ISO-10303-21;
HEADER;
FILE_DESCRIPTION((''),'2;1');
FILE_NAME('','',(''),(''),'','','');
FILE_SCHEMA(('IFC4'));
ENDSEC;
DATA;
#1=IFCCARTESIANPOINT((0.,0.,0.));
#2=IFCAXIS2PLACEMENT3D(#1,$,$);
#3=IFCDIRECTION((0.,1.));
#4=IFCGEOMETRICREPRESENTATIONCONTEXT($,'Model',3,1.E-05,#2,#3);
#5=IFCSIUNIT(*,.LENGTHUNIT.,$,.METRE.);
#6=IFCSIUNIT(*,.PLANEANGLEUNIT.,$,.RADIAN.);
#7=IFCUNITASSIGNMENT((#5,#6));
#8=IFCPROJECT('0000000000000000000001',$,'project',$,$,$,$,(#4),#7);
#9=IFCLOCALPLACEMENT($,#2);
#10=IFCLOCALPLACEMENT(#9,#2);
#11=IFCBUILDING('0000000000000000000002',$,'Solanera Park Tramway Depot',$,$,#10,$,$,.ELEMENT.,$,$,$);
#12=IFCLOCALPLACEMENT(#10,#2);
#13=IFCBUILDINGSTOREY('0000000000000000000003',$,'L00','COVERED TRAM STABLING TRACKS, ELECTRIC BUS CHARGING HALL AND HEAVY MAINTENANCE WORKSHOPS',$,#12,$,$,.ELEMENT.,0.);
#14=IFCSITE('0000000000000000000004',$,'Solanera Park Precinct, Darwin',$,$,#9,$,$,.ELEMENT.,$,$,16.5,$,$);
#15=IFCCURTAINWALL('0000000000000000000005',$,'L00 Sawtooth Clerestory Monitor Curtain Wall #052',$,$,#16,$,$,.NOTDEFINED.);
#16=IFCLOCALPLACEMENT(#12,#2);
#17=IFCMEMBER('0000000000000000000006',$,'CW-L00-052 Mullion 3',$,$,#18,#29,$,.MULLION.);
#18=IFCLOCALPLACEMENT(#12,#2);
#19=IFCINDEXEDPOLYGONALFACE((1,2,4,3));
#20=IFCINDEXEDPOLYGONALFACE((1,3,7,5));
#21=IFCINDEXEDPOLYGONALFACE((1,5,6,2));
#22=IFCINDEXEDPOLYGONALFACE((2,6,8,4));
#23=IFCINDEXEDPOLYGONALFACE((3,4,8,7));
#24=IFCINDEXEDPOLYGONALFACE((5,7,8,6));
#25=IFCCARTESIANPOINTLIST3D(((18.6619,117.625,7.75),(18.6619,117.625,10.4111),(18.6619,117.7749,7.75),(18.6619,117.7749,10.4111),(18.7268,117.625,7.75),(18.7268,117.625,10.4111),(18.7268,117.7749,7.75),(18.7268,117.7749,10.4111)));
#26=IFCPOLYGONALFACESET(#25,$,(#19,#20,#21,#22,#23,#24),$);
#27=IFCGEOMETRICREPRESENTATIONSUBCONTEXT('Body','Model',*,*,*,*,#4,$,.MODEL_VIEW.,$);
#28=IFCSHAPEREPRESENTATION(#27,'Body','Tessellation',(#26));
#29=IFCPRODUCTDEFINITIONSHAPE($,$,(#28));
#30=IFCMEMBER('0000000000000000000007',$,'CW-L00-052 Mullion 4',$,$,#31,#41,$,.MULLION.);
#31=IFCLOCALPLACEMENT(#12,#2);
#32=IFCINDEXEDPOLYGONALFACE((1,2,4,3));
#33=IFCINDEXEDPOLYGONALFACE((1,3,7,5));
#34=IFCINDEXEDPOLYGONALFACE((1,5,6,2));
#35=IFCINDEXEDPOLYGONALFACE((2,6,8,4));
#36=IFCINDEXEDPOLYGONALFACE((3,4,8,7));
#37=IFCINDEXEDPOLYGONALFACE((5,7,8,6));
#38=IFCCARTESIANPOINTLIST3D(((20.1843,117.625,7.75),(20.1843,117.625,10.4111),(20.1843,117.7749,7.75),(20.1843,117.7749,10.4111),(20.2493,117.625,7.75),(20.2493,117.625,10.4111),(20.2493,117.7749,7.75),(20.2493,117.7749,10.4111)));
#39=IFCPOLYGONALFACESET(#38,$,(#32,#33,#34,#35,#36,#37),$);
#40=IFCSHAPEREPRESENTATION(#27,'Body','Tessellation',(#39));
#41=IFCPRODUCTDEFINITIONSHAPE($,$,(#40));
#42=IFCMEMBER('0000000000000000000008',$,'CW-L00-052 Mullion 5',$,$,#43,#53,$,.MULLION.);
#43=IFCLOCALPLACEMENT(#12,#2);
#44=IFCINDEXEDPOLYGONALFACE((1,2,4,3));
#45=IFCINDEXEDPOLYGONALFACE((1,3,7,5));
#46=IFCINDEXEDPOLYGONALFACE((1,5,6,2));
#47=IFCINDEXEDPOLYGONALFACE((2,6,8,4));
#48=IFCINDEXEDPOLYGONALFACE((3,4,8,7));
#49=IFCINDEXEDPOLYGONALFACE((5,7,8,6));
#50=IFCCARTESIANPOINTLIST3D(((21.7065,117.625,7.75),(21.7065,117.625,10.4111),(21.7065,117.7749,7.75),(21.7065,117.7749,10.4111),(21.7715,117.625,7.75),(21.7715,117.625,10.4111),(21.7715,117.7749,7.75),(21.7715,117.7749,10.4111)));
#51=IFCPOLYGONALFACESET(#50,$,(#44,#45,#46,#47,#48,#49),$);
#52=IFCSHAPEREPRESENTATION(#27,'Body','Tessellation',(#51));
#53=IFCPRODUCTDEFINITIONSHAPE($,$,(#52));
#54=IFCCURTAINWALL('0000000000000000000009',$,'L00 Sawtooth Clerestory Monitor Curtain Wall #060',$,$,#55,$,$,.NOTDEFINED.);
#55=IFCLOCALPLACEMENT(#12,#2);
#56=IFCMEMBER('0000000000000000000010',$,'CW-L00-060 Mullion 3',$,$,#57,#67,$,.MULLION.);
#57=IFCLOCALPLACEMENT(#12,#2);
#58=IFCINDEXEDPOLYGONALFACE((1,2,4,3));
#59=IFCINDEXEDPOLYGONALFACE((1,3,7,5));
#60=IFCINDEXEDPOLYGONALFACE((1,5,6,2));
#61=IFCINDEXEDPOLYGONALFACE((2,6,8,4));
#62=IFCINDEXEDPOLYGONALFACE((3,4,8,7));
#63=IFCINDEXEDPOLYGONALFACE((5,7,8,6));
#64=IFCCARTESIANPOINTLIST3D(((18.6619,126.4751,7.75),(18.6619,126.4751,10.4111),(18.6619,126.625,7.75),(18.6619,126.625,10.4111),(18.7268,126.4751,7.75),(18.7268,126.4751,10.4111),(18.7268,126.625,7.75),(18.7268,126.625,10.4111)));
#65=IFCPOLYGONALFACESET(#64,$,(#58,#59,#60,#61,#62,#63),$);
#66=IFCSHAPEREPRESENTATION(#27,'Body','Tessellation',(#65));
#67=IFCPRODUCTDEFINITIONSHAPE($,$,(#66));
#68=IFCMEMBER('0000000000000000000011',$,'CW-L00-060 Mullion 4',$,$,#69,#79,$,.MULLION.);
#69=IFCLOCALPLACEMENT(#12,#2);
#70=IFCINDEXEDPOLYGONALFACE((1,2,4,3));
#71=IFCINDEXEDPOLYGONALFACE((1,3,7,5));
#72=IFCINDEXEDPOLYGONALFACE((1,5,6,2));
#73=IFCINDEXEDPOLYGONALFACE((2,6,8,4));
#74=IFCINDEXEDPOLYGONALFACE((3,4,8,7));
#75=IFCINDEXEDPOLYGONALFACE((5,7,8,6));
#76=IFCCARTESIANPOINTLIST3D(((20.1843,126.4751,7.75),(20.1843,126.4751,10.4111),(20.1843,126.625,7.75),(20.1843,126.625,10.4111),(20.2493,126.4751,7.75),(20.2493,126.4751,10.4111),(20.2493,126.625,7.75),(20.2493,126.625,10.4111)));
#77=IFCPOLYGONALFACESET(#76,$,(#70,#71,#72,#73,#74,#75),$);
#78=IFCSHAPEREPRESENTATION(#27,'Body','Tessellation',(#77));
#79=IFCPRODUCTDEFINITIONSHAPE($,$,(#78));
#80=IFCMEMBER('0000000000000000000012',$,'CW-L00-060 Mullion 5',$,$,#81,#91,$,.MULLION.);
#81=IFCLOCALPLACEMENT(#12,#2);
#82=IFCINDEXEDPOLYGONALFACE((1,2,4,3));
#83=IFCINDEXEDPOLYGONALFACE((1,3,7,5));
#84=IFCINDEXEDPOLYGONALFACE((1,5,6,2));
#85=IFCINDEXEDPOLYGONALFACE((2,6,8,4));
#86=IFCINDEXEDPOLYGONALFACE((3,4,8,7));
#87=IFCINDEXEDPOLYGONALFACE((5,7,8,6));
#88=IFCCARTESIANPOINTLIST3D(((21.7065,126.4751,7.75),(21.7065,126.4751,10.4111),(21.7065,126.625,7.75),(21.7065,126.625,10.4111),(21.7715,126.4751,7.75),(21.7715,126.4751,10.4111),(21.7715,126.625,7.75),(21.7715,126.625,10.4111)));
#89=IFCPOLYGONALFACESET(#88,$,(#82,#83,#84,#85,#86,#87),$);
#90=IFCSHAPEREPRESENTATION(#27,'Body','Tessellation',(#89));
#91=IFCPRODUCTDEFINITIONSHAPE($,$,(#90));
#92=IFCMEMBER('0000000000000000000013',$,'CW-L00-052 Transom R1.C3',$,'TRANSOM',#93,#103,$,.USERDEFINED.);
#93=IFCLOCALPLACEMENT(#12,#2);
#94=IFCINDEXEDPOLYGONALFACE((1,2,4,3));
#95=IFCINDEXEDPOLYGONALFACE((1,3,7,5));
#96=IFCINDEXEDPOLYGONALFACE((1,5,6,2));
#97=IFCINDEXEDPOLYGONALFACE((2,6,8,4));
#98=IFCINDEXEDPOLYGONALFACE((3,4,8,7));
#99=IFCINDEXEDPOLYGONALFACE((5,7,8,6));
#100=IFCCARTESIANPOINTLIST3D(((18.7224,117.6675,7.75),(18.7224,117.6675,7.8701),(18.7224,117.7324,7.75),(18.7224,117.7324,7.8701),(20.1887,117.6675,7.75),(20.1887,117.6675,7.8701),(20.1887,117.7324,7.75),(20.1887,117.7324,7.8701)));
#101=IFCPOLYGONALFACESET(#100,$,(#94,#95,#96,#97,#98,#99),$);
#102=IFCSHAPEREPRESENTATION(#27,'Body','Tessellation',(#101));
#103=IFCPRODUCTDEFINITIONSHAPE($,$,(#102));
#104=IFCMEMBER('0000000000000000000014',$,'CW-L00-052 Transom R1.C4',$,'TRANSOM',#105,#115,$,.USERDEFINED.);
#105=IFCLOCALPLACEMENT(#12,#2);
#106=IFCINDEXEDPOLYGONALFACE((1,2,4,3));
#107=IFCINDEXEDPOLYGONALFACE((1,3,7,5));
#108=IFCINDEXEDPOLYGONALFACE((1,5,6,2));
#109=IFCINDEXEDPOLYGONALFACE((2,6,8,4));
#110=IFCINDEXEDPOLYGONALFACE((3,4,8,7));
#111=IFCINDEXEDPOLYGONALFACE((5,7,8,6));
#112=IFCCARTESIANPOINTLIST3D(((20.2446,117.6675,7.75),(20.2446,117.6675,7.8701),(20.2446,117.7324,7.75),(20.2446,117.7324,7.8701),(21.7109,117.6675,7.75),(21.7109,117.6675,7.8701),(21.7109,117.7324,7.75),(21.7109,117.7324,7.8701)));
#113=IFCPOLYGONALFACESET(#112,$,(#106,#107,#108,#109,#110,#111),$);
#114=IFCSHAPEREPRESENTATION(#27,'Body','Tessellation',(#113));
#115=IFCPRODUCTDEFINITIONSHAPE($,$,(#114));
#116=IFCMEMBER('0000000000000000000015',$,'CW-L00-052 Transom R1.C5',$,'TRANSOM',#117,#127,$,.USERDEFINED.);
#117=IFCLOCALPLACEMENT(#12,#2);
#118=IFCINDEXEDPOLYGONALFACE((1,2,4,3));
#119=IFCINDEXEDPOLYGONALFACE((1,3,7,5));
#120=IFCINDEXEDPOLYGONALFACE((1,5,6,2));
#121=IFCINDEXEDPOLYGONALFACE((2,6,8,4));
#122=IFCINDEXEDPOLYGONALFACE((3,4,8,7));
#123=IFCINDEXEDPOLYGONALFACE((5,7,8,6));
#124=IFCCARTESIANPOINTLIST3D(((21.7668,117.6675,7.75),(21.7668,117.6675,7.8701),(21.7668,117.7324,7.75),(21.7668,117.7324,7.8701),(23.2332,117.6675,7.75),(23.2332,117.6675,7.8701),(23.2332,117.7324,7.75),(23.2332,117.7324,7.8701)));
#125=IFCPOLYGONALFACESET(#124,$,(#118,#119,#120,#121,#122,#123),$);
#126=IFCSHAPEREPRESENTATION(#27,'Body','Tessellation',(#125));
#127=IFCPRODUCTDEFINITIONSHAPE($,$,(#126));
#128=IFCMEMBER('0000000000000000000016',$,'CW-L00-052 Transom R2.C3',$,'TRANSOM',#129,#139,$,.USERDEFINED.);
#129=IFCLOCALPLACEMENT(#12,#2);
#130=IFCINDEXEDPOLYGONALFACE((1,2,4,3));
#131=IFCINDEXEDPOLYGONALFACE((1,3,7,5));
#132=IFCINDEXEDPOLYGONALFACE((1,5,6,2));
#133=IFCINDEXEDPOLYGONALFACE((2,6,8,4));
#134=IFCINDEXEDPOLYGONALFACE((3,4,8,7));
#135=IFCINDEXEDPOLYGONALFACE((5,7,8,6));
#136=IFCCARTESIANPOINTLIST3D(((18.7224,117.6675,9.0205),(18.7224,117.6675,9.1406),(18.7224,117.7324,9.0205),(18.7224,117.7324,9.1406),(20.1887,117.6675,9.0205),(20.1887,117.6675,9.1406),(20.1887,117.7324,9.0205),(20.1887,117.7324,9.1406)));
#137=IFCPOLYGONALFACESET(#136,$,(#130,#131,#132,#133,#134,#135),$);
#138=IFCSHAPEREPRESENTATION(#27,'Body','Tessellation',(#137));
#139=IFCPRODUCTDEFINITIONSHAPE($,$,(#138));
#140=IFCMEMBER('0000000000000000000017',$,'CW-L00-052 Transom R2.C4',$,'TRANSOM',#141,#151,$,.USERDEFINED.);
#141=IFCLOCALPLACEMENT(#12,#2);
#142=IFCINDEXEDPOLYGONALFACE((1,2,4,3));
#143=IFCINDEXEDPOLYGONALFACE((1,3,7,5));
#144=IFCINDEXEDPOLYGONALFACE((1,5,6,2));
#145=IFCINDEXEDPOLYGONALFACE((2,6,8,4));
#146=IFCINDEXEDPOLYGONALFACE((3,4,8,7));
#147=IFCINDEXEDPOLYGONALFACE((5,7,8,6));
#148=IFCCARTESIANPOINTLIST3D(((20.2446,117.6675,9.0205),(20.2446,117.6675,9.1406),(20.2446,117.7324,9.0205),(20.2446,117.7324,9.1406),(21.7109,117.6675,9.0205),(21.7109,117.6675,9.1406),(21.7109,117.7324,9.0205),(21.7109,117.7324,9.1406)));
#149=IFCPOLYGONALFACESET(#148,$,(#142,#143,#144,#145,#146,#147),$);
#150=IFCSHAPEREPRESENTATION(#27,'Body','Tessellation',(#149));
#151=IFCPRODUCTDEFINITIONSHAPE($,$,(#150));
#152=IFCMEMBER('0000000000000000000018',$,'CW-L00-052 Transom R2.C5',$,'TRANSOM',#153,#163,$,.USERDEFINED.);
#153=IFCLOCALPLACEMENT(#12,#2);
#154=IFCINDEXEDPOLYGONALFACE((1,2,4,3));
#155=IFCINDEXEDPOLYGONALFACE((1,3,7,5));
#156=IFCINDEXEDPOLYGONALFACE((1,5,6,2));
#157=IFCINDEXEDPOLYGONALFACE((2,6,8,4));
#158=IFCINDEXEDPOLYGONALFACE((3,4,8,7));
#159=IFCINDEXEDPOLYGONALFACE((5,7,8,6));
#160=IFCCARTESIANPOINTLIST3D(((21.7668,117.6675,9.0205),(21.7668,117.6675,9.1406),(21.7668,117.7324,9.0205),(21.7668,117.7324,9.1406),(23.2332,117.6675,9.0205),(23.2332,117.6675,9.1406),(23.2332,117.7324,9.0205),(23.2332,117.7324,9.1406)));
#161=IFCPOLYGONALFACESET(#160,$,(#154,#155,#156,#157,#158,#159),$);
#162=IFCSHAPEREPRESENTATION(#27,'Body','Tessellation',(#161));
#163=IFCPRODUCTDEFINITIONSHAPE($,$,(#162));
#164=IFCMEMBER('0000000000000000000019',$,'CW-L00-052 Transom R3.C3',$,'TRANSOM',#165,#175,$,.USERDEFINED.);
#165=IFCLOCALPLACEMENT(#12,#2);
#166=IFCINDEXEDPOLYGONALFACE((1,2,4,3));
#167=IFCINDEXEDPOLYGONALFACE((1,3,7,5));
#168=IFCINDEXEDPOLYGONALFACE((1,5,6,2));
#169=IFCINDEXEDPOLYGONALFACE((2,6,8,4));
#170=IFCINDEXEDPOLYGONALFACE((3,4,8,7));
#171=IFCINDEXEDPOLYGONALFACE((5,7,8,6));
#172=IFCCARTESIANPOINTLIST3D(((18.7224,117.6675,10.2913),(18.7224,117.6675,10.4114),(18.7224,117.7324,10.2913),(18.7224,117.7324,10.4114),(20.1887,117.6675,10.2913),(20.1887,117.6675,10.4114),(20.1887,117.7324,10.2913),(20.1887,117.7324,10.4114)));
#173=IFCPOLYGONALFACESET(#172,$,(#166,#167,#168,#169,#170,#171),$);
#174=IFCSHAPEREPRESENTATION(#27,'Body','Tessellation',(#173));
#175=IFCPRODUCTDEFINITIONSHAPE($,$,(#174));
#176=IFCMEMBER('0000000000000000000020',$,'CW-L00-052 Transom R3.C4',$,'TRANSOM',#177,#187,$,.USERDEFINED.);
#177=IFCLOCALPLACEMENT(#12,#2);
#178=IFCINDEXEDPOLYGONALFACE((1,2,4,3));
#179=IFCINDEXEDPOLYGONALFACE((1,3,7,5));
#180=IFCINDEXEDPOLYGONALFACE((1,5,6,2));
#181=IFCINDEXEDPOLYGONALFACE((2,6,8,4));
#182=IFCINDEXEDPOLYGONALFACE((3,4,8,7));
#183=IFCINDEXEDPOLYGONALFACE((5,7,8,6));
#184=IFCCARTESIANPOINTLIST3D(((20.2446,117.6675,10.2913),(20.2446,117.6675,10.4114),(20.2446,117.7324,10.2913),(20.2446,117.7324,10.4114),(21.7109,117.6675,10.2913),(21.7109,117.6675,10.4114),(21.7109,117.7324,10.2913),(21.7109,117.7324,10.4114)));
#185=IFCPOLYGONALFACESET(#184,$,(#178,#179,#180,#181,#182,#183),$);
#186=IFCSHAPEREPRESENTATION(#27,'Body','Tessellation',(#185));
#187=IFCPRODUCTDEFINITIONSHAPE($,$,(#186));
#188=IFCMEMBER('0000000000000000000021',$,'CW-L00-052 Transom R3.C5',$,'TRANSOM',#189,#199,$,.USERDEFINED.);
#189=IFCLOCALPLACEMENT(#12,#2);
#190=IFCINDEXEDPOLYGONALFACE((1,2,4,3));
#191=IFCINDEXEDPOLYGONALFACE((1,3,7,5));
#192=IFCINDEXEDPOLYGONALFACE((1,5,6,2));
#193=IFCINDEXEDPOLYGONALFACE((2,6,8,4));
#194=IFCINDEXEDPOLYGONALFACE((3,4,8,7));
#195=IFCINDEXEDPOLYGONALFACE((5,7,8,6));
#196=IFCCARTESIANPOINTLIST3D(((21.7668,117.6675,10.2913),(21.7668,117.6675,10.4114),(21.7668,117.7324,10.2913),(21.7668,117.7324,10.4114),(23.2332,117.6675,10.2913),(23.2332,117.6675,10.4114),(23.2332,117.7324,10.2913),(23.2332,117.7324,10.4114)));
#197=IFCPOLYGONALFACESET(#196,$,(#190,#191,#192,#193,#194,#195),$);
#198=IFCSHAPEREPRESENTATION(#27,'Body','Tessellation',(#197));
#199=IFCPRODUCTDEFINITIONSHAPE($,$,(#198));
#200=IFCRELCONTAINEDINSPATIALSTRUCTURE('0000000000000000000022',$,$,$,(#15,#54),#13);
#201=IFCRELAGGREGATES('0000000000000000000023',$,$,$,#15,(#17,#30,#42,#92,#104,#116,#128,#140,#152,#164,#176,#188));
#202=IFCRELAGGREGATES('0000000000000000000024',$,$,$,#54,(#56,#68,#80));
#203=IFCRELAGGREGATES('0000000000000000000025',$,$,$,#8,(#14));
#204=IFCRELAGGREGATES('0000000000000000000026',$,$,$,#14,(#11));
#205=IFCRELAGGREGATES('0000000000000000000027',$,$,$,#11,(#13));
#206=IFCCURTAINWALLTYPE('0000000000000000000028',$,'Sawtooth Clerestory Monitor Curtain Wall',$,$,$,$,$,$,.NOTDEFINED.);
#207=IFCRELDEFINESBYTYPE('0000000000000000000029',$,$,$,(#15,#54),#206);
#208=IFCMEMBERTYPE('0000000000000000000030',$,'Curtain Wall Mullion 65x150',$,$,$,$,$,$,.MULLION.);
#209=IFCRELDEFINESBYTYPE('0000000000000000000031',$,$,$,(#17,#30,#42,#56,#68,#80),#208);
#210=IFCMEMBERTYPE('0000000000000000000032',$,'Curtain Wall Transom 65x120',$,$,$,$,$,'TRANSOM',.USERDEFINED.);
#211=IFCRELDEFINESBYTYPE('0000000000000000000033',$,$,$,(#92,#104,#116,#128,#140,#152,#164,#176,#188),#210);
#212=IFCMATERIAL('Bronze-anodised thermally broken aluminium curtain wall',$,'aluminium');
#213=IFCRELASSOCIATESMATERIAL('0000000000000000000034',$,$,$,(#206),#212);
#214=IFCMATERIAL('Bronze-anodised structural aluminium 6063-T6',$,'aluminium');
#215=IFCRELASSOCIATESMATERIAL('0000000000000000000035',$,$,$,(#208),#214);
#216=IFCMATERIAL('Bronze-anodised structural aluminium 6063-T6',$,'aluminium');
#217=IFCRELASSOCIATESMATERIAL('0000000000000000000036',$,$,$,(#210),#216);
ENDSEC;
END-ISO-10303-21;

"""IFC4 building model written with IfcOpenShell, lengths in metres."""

from ifc_helpers import new_model, si_unit, direction, frame, origin, origin_2d, place, context, subcontext, project, spatial, rectangle, extrude, material, material_profile, profile_set, type_object, element, aggregate, save


model = new_model("IFC4")

# Units and contexts
model_context = context("Model", 3, precision=1e-05, world=origin(), true_north=direction((0.0, 1.0)))
body_context = subcontext(model_context, "Body", "Model", "MODEL_VIEW")
ifc_project = project(units=[si_unit("LENGTHUNIT", "METRE"), si_unit("PLANEANGLEUNIT", "RADIAN")], contexts=[model_context])

# Site, building, storey
site_placement = place(None, origin())
site = spatial("IfcSite", under=ifc_project, at=site_placement, Name="Solanera Park Precinct, Darwin", CompositionType="ELEMENT", RefElevation=16.5)
building_placement = place(site_placement, origin())
building = spatial("IfcBuilding", under=site, at=building_placement, Name="Solanera Park Tramway Depot", CompositionType="ELEMENT")
storey_placement = place(building_placement, origin())
storey = spatial("IfcBuildingStorey", under=building, at=storey_placement, Name="L00", Description="COVERED TRAM STABLING TRACKS, ELECTRIC BUS CHARGING HALL AND HEAVY MAINTENANCE WORKSHOPS", CompositionType="ELEMENT", Elevation=0.0)

# Curtain walls, members
ifc_material_1 = material(Name="Bronze-anodised thermally broken aluminium curtain wall", Category="aluminium")
curtain_wall_type = type_object("IfcCurtainWallType", Name="Sawtooth Clerestory Monitor Curtain Wall", PredefinedType="NOTDEFINED", material=ifc_material_1)
curtain_wall_1_placement = place(storey_placement, origin())
curtain_wall_1 = element("IfcCurtainWall", 1, at=curtain_wall_1_placement, inside=storey, type_object=curtain_wall_type, Name="L00 Sawtooth Clerestory Monitor Curtain Wall #052", PredefinedType="NOTDEFINED")
ifc_material_2 = material(Name="Bronze-anodised structural aluminium 6063-T6", Category="aluminium")
ifc_material_profile_1 = material_profile(ifc_material_2, rectangle(XDim=0.0649, YDim=0.1499, at=origin_2d()), Name="Curtain Wall Mullion 65x150")
ifc_profile_set_1 = profile_set([ifc_material_profile_1], Name="Bronze-anodised structural aluminium 6063-T6")
member_type_1 = type_object("IfcMemberType", Name="Curtain Wall Mullion 65x150", PredefinedType="MULLION", material=ifc_profile_set_1)
member_1_placement = place(storey_placement, frame((18.6943, 117.7, 7.75), z_axis=(0.0, 0.0, 1.0), x_axis=(1.0, 0.0, 0.0)))
member_1 = element("IfcMember", 2, at=member_1_placement, type_object=member_type_1, Name="CW-L00-052 Mullion 3", PredefinedType="MULLION", context=body_context, shape_type="SweptSolid", body=[
    extrude(rectangle(XDim=0.0649, YDim=0.1499, at=origin_2d()), origin(), (0.0, 0.0, 1.0), 2.6611),
])
member_2_placement = place(storey_placement, frame((20.2168, 117.7, 7.75), z_axis=(0.0, 0.0, 1.0), x_axis=(1.0, 0.0, 0.0)))
member_2 = element("IfcMember", 3, at=member_2_placement, type_object=member_type_1, Name="CW-L00-052 Mullion 4", PredefinedType="MULLION", context=body_context, shape_type="SweptSolid", body=[
    extrude(rectangle(XDim=0.0649, YDim=0.1499, at=origin_2d()), origin(), (0.0, 0.0, 1.0), 2.6611),
])
member_3_placement = place(storey_placement, frame((21.739, 117.7, 7.75), z_axis=(0.0, 0.0, 1.0), x_axis=(1.0, 0.0, 0.0)))
member_3 = element("IfcMember", 4, at=member_3_placement, type_object=member_type_1, Name="CW-L00-052 Mullion 5", PredefinedType="MULLION", context=body_context, shape_type="SweptSolid", body=[
    extrude(rectangle(XDim=0.0649, YDim=0.1499, at=origin_2d()), origin(), (0.0, 0.0, 1.0), 2.6611),
])
curtain_wall_2_placement = place(storey_placement, origin())
curtain_wall_2 = element("IfcCurtainWall", 5, at=curtain_wall_2_placement, inside=storey, type_object=curtain_wall_type, Name="L00 Sawtooth Clerestory Monitor Curtain Wall #060", PredefinedType="NOTDEFINED")
member_4_placement = place(storey_placement, frame((18.6943, 126.55, 7.75), z_axis=(0.0, 0.0, 1.0), x_axis=(1.0, 0.0, 0.0)))
member_4 = element("IfcMember", 6, at=member_4_placement, type_object=member_type_1, Name="CW-L00-060 Mullion 3", PredefinedType="MULLION", context=body_context, shape_type="SweptSolid", body=[
    extrude(rectangle(XDim=0.0649, YDim=0.1499, at=origin_2d()), origin(), (0.0, 0.0, 1.0), 2.6611),
])
member_5_placement = place(storey_placement, frame((20.2168, 126.55, 7.75), z_axis=(0.0, 0.0, 1.0), x_axis=(1.0, 0.0, 0.0)))
member_5 = element("IfcMember", 7, at=member_5_placement, type_object=member_type_1, Name="CW-L00-060 Mullion 4", PredefinedType="MULLION", context=body_context, shape_type="SweptSolid", body=[
    extrude(rectangle(XDim=0.0649, YDim=0.1499, at=origin_2d()), origin(), (0.0, 0.0, 1.0), 2.6611),
])
member_6_placement = place(storey_placement, frame((21.739, 126.55, 7.75), z_axis=(0.0, 0.0, 1.0), x_axis=(1.0, 0.0, 0.0)))
member_6 = element("IfcMember", 8, at=member_6_placement, type_object=member_type_1, Name="CW-L00-060 Mullion 5", PredefinedType="MULLION", context=body_context, shape_type="SweptSolid", body=[
    extrude(rectangle(XDim=0.0649, YDim=0.1499, at=origin_2d()), origin(), (0.0, 0.0, 1.0), 2.6611),
])

# Members
ifc_material_3 = material(Name="Bronze-anodised structural aluminium 6063-T6", Category="aluminium")
ifc_material_profile_2 = material_profile(ifc_material_3, rectangle(XDim=0.0649, YDim=0.1201, at=origin_2d()), Name="Curtain Wall Transom 65x120")
ifc_profile_set_2 = profile_set([ifc_material_profile_2], Name="Bronze-anodised structural aluminium 6063-T6")
member_type_2 = type_object("IfcMemberType", Name="Curtain Wall Transom 65x120", ElementType="TRANSOM", PredefinedType="USERDEFINED", material=ifc_profile_set_2)
member_7_placement = place(storey_placement, frame((18.7224, 117.7, 7.8101), z_axis=(1.0, 0.0, 0.0), x_axis=(0.0, 1.0, 0.0)))
member_7 = element("IfcMember", 9, at=member_7_placement, type_object=member_type_2, Name="CW-L00-052 Transom R1.C3", ObjectType="TRANSOM", PredefinedType="USERDEFINED", context=body_context, shape_type="SweptSolid", body=[
    extrude(rectangle(XDim=0.0649, YDim=0.1201, at=origin_2d()), origin(), (0.0, 0.0, 1.0), 1.4663),
])
member_8_placement = place(storey_placement, frame((20.2446, 117.7, 7.8101), z_axis=(1.0, 0.0, 0.0), x_axis=(0.0, 1.0, 0.0)))
member_8 = element("IfcMember", 10, at=member_8_placement, type_object=member_type_2, Name="CW-L00-052 Transom R1.C4", ObjectType="TRANSOM", PredefinedType="USERDEFINED", context=body_context, shape_type="SweptSolid", body=[
    extrude(rectangle(XDim=0.0649, YDim=0.1201, at=origin_2d()), origin(), (0.0, 0.0, 1.0), 1.4663),
])
member_9_placement = place(storey_placement, frame((21.7668, 117.7, 7.8101), z_axis=(1.0, 0.0, 0.0), x_axis=(0.0, 1.0, 0.0)))
member_9 = element("IfcMember", 11, at=member_9_placement, type_object=member_type_2, Name="CW-L00-052 Transom R1.C5", ObjectType="TRANSOM", PredefinedType="USERDEFINED", context=body_context, shape_type="SweptSolid", body=[
    extrude(rectangle(XDim=0.0649, YDim=0.1201, at=origin_2d()), origin(), (0.0, 0.0, 1.0), 1.4663),
])
member_10_placement = place(storey_placement, frame((18.7224, 117.7, 9.0806), z_axis=(1.0, 0.0, 0.0), x_axis=(0.0, 1.0, 0.0)))
member_10 = element("IfcMember", 12, at=member_10_placement, type_object=member_type_2, Name="CW-L00-052 Transom R2.C3", ObjectType="TRANSOM", PredefinedType="USERDEFINED", context=body_context, shape_type="SweptSolid", body=[
    extrude(rectangle(XDim=0.0649, YDim=0.1201, at=origin_2d()), origin(), (0.0, 0.0, 1.0), 1.4663),
])
member_11_placement = place(storey_placement, frame((20.2446, 117.7, 9.0806), z_axis=(1.0, 0.0, 0.0), x_axis=(0.0, 1.0, 0.0)))
member_11 = element("IfcMember", 13, at=member_11_placement, type_object=member_type_2, Name="CW-L00-052 Transom R2.C4", ObjectType="TRANSOM", PredefinedType="USERDEFINED", context=body_context, shape_type="SweptSolid", body=[
    extrude(rectangle(XDim=0.0649, YDim=0.1201, at=origin_2d()), origin(), (0.0, 0.0, 1.0), 1.4663),
])
member_12_placement = place(storey_placement, frame((21.7668, 117.7, 9.0806), z_axis=(1.0, 0.0, 0.0), x_axis=(0.0, 1.0, 0.0)))
member_12 = element("IfcMember", 14, at=member_12_placement, type_object=member_type_2, Name="CW-L00-052 Transom R2.C5", ObjectType="TRANSOM", PredefinedType="USERDEFINED", context=body_context, shape_type="SweptSolid", body=[
    extrude(rectangle(XDim=0.0649, YDim=0.1201, at=origin_2d()), origin(), (0.0, 0.0, 1.0), 1.4663),
])
member_13_placement = place(storey_placement, frame((18.7224, 117.7, 10.3513), z_axis=(1.0, 0.0, 0.0), x_axis=(0.0, 1.0, 0.0)))
member_13 = element("IfcMember", 15, at=member_13_placement, type_object=member_type_2, Name="CW-L00-052 Transom R3.C3", ObjectType="TRANSOM", PredefinedType="USERDEFINED", context=body_context, shape_type="SweptSolid", body=[
    extrude(rectangle(XDim=0.0649, YDim=0.1201, at=origin_2d()), origin(), (0.0, 0.0, 1.0), 1.4663),
])
member_14_placement = place(storey_placement, frame((20.2446, 117.7, 10.3513), z_axis=(1.0, 0.0, 0.0), x_axis=(0.0, 1.0, 0.0)))
member_14 = element("IfcMember", 16, at=member_14_placement, type_object=member_type_2, Name="CW-L00-052 Transom R3.C4", ObjectType="TRANSOM", PredefinedType="USERDEFINED", context=body_context, shape_type="SweptSolid", body=[
    extrude(rectangle(XDim=0.0649, YDim=0.1201, at=origin_2d()), origin(), (0.0, 0.0, 1.0), 1.4663),
])
member_15_placement = place(storey_placement, frame((21.7668, 117.7, 10.3513), z_axis=(1.0, 0.0, 0.0), x_axis=(0.0, 1.0, 0.0)))
member_15 = element("IfcMember", 17, at=member_15_placement, type_object=member_type_2, Name="CW-L00-052 Transom R3.C5", ObjectType="TRANSOM", PredefinedType="USERDEFINED", context=body_context, shape_type="SweptSolid", body=[
    extrude(rectangle(XDim=0.0649, YDim=0.1201, at=origin_2d()), origin(), (0.0, 0.0, 1.0), 1.4663),
])

aggregate(curtain_wall_1, [member_1, member_2, member_3, member_7, member_8, member_9, member_10, member_11, member_12, member_13, member_14, member_15])
aggregate(curtain_wall_2, [member_4, member_5, member_6])

save(model, "model.ifc")
